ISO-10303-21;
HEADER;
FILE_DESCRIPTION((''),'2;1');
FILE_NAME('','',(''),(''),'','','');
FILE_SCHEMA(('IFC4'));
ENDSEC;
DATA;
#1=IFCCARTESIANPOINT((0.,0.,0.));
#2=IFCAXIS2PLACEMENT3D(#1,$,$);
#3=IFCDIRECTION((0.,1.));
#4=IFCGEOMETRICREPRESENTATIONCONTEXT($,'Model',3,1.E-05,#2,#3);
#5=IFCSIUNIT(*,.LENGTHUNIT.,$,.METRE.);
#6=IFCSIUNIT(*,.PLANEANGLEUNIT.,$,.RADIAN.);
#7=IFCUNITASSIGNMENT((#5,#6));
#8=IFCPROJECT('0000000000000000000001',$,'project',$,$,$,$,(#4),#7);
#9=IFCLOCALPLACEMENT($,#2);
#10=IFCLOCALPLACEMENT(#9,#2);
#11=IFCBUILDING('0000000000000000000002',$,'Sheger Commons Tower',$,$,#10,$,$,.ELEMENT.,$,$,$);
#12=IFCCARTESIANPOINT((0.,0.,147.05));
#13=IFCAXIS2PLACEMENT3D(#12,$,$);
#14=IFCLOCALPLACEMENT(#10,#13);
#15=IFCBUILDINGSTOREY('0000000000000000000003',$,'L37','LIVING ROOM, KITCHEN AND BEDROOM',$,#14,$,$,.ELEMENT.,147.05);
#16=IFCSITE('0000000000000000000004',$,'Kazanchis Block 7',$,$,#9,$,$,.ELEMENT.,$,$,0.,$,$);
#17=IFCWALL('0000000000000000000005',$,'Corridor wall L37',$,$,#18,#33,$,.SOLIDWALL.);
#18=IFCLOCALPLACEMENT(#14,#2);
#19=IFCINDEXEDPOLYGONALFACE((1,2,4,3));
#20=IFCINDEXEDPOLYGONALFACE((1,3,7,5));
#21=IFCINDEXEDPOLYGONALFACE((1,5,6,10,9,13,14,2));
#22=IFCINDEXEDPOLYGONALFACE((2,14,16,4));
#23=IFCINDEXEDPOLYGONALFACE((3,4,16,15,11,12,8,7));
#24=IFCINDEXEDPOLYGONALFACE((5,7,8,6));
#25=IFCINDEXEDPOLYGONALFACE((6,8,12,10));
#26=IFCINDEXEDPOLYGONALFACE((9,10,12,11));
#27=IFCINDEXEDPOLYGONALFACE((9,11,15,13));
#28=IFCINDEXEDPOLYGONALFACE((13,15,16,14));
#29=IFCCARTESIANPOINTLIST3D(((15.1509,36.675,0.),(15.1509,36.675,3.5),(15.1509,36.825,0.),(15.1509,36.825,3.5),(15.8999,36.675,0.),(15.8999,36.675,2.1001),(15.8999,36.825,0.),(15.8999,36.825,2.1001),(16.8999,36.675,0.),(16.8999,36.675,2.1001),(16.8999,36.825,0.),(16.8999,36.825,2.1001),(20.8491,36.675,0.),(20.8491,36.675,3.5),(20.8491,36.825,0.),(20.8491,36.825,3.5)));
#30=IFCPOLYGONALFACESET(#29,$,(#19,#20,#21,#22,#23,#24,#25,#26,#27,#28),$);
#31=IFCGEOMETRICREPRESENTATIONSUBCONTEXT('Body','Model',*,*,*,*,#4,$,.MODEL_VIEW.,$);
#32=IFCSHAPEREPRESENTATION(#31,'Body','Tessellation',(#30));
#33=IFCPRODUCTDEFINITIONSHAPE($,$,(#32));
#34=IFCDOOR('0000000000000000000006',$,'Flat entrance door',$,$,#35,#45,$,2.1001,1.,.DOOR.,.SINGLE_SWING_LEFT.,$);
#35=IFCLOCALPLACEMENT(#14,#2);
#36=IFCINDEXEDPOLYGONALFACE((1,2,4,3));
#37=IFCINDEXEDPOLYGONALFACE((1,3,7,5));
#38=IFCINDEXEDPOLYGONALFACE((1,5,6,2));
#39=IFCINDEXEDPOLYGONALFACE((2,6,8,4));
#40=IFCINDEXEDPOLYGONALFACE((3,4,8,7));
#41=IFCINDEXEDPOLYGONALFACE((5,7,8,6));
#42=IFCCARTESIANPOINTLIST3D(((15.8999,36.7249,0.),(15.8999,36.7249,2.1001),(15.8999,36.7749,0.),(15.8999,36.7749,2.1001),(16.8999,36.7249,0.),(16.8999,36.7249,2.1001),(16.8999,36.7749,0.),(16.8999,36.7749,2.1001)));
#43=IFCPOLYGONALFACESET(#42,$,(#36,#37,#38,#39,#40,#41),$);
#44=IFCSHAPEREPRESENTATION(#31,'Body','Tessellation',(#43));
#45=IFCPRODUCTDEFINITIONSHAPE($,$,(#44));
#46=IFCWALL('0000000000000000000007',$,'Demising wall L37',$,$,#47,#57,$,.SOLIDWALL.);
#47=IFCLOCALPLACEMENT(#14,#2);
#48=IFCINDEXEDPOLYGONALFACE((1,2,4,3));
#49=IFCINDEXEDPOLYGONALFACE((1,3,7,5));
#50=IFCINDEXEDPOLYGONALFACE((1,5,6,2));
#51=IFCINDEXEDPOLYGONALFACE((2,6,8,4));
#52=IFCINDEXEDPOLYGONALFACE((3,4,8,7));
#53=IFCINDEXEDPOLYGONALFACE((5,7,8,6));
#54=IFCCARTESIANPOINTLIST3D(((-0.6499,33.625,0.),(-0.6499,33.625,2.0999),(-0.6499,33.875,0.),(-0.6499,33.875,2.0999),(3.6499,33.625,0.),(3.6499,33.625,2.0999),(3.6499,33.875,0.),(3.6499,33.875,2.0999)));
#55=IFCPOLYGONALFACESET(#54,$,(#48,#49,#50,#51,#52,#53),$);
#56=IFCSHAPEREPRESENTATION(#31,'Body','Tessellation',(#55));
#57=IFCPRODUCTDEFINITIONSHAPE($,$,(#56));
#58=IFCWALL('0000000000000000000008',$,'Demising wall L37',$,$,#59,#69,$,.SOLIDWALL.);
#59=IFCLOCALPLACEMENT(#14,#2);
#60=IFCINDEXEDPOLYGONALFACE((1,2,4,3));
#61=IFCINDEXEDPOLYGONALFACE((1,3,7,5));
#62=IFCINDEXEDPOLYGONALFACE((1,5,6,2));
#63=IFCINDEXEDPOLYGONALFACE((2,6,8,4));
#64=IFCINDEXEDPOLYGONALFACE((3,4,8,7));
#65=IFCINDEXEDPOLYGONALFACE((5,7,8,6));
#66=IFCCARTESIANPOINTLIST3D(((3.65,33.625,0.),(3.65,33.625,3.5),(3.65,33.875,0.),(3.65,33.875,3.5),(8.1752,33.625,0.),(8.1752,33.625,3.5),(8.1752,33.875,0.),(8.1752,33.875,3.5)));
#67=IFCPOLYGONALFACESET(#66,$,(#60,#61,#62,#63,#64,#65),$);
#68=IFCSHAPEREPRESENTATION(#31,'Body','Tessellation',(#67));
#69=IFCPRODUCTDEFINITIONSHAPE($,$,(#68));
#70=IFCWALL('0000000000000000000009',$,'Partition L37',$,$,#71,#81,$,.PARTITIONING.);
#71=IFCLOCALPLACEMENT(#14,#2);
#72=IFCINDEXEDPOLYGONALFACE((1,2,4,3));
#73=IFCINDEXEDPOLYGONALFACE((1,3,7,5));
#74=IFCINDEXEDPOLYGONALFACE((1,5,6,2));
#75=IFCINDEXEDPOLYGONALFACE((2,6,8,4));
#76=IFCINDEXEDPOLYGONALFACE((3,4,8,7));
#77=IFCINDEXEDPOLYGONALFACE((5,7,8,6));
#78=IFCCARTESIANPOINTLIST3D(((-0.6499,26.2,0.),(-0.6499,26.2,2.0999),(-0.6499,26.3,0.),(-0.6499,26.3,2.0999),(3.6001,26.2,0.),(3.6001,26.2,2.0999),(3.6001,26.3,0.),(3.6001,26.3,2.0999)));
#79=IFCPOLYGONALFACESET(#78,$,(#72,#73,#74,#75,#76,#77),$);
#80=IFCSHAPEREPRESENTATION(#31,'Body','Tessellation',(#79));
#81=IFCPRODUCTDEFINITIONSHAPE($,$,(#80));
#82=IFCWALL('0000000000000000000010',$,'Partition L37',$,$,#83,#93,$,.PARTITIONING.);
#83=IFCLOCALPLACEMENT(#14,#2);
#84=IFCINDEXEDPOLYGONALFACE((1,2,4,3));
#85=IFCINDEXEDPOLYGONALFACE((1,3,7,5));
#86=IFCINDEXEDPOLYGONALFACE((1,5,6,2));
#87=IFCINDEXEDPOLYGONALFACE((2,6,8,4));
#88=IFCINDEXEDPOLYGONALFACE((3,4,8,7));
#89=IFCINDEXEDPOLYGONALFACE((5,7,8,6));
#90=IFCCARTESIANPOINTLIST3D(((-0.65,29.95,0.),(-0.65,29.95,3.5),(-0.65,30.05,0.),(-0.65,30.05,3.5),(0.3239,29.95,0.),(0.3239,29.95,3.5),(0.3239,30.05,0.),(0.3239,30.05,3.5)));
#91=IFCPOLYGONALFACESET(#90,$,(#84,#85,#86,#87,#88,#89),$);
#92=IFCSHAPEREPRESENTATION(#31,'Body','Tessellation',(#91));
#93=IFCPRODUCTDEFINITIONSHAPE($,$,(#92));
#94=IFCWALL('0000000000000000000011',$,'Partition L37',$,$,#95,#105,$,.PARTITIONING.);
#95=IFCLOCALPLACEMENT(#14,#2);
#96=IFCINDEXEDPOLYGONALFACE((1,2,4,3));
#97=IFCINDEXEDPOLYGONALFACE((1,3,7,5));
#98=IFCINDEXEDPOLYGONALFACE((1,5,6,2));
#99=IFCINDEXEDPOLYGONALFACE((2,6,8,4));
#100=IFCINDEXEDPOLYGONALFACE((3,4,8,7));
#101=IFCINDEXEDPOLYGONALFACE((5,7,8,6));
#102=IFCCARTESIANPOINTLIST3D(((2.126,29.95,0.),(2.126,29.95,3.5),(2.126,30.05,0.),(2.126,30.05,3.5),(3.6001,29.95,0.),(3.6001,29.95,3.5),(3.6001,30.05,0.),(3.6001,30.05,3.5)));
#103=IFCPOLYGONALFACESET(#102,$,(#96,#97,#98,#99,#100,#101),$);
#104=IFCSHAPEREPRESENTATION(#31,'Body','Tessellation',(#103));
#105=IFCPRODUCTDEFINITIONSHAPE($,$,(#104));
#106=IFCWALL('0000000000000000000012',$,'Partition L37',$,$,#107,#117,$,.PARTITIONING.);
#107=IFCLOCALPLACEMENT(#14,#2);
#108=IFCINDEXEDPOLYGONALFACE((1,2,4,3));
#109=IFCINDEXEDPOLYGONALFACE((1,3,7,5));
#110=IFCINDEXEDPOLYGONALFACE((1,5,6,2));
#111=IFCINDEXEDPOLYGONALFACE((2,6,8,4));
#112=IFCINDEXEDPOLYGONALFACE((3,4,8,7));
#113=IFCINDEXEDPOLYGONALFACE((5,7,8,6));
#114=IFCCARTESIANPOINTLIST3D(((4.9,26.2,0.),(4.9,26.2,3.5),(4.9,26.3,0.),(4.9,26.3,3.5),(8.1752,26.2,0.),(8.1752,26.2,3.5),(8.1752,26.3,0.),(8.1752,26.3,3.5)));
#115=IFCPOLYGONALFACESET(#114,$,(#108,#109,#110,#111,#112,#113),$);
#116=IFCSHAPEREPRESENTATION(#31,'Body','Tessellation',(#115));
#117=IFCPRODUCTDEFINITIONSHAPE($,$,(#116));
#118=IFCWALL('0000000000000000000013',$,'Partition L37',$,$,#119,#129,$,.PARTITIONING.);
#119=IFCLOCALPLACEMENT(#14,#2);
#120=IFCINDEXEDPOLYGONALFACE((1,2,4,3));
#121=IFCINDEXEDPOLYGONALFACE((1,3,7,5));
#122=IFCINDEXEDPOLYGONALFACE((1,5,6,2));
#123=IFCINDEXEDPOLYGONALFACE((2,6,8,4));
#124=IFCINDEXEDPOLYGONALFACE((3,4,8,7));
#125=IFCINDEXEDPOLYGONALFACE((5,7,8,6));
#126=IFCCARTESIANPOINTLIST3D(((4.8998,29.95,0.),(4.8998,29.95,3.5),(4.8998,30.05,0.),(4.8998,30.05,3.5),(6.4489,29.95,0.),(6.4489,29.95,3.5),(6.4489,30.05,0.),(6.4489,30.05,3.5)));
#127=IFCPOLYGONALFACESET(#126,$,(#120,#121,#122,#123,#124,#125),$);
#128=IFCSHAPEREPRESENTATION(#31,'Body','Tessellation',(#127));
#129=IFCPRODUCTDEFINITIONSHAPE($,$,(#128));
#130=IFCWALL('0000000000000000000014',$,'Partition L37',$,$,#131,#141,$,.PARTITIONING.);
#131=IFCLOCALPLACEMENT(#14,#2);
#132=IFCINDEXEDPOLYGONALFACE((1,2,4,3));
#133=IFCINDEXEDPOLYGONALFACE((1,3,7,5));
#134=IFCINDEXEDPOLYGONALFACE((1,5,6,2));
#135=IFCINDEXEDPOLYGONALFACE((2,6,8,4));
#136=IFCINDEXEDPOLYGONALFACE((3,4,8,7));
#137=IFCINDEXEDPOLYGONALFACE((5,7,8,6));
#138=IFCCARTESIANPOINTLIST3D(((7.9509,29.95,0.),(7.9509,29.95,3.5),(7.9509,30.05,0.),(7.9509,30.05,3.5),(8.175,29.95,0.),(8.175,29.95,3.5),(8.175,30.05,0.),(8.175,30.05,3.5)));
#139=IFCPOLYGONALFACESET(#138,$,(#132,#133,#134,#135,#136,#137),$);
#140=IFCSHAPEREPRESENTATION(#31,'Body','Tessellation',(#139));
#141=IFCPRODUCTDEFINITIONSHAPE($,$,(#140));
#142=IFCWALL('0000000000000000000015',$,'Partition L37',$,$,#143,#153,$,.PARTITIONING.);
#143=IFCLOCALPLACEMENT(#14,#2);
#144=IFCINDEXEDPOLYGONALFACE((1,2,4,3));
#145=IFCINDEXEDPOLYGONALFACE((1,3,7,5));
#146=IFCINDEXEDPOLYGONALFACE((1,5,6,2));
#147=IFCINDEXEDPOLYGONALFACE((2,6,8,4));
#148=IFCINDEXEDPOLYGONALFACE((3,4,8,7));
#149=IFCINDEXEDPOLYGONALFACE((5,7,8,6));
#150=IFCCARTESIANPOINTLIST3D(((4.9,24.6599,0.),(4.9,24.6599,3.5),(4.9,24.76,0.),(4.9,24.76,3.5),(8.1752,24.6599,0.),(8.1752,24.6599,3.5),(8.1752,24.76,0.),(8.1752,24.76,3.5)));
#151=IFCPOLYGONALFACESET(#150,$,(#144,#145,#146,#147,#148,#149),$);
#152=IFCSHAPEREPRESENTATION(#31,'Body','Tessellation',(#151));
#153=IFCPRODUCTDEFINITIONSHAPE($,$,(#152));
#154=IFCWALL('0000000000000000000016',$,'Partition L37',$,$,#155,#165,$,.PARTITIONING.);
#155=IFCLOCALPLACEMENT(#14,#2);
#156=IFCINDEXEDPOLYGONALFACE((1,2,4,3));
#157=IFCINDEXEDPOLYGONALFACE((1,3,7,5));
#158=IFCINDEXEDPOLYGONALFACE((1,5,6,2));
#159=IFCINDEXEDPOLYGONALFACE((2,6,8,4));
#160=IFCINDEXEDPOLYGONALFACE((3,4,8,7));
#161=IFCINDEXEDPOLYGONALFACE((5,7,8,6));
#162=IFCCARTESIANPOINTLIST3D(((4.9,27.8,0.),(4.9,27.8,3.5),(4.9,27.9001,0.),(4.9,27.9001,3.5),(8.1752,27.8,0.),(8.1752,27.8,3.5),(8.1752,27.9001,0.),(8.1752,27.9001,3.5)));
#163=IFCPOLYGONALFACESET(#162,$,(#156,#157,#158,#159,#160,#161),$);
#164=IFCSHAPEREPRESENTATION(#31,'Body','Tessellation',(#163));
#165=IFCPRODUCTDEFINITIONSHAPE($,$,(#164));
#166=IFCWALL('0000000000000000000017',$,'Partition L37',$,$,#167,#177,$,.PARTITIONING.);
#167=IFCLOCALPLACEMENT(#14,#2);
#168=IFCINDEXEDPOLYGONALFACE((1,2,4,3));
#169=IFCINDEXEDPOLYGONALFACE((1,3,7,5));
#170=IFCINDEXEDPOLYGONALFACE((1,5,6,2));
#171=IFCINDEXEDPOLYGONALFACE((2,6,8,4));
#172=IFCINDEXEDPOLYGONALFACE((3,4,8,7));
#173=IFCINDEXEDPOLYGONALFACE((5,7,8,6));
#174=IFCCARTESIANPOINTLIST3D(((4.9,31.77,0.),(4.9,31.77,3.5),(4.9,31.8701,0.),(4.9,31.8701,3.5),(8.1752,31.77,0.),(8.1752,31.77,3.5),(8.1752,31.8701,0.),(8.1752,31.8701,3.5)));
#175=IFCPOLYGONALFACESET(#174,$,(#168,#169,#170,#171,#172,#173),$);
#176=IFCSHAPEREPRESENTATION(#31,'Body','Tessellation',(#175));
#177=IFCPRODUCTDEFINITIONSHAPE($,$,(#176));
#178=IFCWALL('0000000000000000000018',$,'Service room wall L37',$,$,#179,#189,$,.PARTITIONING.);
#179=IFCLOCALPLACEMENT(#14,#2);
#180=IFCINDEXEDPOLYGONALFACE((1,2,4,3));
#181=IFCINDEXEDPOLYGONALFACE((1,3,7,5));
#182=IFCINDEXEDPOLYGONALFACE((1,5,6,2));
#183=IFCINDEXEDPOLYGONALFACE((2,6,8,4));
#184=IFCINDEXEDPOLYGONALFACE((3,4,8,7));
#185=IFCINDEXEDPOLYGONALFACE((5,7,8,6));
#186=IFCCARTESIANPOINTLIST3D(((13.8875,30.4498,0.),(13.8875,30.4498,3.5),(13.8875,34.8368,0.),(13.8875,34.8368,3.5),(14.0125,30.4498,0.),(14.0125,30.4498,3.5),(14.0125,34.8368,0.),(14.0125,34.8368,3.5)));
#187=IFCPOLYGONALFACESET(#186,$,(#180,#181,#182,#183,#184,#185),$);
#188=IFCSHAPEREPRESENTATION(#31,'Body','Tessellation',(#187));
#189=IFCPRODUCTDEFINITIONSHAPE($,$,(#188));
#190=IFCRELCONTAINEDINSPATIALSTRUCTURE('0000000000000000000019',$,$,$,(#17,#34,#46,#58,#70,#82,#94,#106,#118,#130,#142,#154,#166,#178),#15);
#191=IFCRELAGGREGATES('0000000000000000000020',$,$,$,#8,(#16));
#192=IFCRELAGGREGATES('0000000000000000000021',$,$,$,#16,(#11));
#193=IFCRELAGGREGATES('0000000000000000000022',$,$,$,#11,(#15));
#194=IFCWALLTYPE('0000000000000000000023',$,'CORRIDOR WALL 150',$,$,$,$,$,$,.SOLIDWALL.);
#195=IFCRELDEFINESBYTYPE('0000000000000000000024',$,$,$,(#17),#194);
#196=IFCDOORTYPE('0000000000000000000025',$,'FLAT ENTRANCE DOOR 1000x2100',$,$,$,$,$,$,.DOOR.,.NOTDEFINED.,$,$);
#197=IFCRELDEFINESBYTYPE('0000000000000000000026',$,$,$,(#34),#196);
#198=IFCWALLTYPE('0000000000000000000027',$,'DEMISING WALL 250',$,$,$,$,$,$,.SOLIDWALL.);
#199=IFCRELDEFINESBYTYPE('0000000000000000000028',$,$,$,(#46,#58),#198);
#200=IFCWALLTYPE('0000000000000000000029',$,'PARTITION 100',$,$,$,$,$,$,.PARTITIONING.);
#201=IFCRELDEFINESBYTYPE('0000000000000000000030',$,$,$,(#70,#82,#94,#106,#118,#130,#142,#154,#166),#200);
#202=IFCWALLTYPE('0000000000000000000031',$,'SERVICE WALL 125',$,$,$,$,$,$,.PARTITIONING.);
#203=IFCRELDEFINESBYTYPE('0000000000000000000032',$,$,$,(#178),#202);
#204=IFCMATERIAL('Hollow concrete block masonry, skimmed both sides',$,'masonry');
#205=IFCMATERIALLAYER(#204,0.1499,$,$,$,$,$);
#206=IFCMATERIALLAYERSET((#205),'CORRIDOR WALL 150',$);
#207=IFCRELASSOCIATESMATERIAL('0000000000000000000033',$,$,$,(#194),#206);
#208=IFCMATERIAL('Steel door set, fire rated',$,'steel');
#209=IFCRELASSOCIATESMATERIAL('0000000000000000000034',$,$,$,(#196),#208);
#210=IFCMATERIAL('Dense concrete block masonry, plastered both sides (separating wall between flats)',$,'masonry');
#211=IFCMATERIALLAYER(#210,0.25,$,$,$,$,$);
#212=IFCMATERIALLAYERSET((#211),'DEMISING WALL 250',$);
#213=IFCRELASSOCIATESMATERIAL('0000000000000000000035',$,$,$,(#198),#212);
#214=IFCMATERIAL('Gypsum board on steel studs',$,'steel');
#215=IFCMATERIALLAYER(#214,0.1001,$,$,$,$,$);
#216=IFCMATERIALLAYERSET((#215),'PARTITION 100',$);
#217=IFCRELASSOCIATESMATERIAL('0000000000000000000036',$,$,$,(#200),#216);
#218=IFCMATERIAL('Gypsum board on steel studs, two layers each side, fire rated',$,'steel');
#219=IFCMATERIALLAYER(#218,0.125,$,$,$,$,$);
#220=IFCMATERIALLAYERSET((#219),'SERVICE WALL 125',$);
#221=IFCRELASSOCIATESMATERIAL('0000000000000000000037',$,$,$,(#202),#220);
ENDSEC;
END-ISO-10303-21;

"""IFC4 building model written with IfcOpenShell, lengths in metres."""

from ifc_helpers import new_model, si_unit, direction, frame, frame_2d, origin, place, context, subcontext, project, spatial, rectangle, extrude, material, layer, layer_set, type_object, element, fill, save


model = new_model("IFC4")

# Units and contexts
model_context = context("Model", 3, precision=1e-05, world=origin(), true_north=direction((0.0, 1.0)))
body_context = subcontext(model_context, "Body", "Model", "MODEL_VIEW")
ifc_project = project(units=[si_unit("LENGTHUNIT", "METRE"), si_unit("PLANEANGLEUNIT", "RADIAN")], contexts=[model_context])

# Site, building, storey
site_placement = place(None, origin())
site = spatial("IfcSite", under=ifc_project, at=site_placement, Name="Kazanchis Block 7", CompositionType="ELEMENT", RefElevation=0.0)
building_placement = place(site_placement, origin())
building = spatial("IfcBuilding", under=site, at=building_placement, Name="Sheger Commons Tower", CompositionType="ELEMENT")
storey_placement = place(building_placement, frame((0.0, 0.0, 147.05)))
storey = spatial("IfcBuildingStorey", under=building, at=storey_placement, Name="L37", Description="LIVING ROOM, KITCHEN AND BEDROOM", CompositionType="ELEMENT", Elevation=147.05)

# Wall, opening, door
ifc_material_1 = material(Name="Hollow concrete block masonry, skimmed both sides", Category="masonry")
ifc_layer_1 = layer(ifc_material_1, 0.1499)
ifc_layer_set_1 = layer_set([ifc_layer_1], Name="CORRIDOR WALL 150")
wall_type_1 = type_object("IfcWallType", Name="CORRIDOR WALL 150", PredefinedType="SOLIDWALL", material=ifc_layer_set_1)
ifc_material_2 = material(Name="Steel door set, fire rated", Category="steel")
door_type_1 = type_object("IfcDoorType", Name="FLAT ENTRANCE DOOR 1000x2100", OperationType="NOTDEFINED", PredefinedType="DOOR", material=ifc_material_2)
wall_1_placement = place(storey_placement, frame((15.1509, 36.75, 0.0), z_axis=(0.0, 0.0, 1.0), x_axis=(1.0, 0.0, 0.0)))
wall_1 = element("IfcWall", 1, at=wall_1_placement, inside=storey, type_object=wall_type_1, Name="Corridor wall L37", PredefinedType="SOLIDWALL", context=body_context, shape_type="SweptSolid", body=[
    extrude(rectangle(XDim=5.6982, YDim=0.1499, at=frame_2d((2.8491, 0.0))), origin(), (0.0, 0.0, 1.0), 3.5),
])
opening_1_placement = place(wall_1_placement, frame((0.749, 0.0, 0.0)))
opening_1 = element("IfcOpeningElement", 2, at=opening_1_placement, cuts=wall_1, PredefinedType="OPENING", context=body_context, shape_type="SweptSolid", body=[
    extrude(rectangle(XDim=1.0, YDim=2.1001, at=frame_2d((0.5, 1.05))), frame((0.0, 0.085, 0.0), z_axis=(0.0, -1.0, 0.0), x_axis=(1.0, 0.0, 0.0)), (0.0, 0.0, 1.0), 0.1699),
])
door_1_placement = place(opening_1_placement, origin())
door_1 = element("IfcDoor", 3, at=door_1_placement, inside=storey, type_object=door_type_1, Name="Flat entrance door", OperationType="SINGLE_SWING_LEFT", OverallHeight=2.1001, OverallWidth=1.0, PredefinedType="DOOR", context=body_context, shape_type="SweptSolid", body=[
    extrude(rectangle(XDim=1.0, YDim=2.1001, at=frame_2d((0.5, 1.05))), frame((0.0, 0.0249, 0.0), z_axis=(0.0, -1.0, 0.0), x_axis=(1.0, 0.0, 0.0)), (0.0, 0.0, 1.0), 0.05),
])
fill(opening_1, door_1)

# Walls
ifc_material_3 = material(Name="Dense concrete block masonry, plastered both sides (separating wall between flats)", Category="masonry")
ifc_layer_2 = layer(ifc_material_3, 0.25)
ifc_layer_set_2 = layer_set([ifc_layer_2], Name="DEMISING WALL 250")
wall_type_2 = type_object("IfcWallType", Name="DEMISING WALL 250", PredefinedType="SOLIDWALL", material=ifc_layer_set_2)
wall_2_placement = place(storey_placement, frame((-0.6499, 33.75, 0.0), z_axis=(0.0, 0.0, 1.0), x_axis=(1.0, 0.0, 0.0)))
element("IfcWall", 4, at=wall_2_placement, inside=storey, type_object=wall_type_2, Name="Demising wall L37", PredefinedType="SOLIDWALL", context=body_context, shape_type="SweptSolid", body=[
    extrude(rectangle(XDim=4.2998, YDim=0.25, at=frame_2d((2.1499, 0.0))), origin(), (0.0, 0.0, 1.0), 2.0999),
])
wall_3_placement = place(storey_placement, frame((3.6499, 33.75, 0.0), z_axis=(0.0, 0.0, 1.0), x_axis=(1.0, 0.0, 0.0)))
element("IfcWall", 5, at=wall_3_placement, inside=storey, type_object=wall_type_2, Name="Demising wall L37", PredefinedType="SOLIDWALL", context=body_context, shape_type="SweptSolid", body=[
    extrude(rectangle(XDim=4.5251, YDim=0.25, at=frame_2d((2.2627, 0.0))), origin(), (0.0, 0.0, 1.0), 3.5),
])
ifc_material_4 = material(Name="Gypsum board on steel studs", Category="steel")
ifc_layer_3 = layer(ifc_material_4, 0.1001)
ifc_layer_set_3 = layer_set([ifc_layer_3], Name="PARTITION 100")
wall_type_3 = type_object("IfcWallType", Name="PARTITION 100", PredefinedType="PARTITIONING", material=ifc_layer_set_3)
wall_4_placement = place(storey_placement, frame((-0.6499, 26.25, 0.0), z_axis=(0.0, 0.0, 1.0), x_axis=(1.0, 0.0, 0.0)))
element("IfcWall", 6, at=wall_4_placement, inside=storey, type_object=wall_type_3, Name="Partition L37", PredefinedType="PARTITIONING", context=body_context, shape_type="SweptSolid", body=[
    extrude(rectangle(XDim=4.25, YDim=0.1001, at=frame_2d((2.125, 0.0))), origin(), (0.0, 0.0, 1.0), 2.0999),
])
wall_5_placement = place(storey_placement, frame((-0.6499, 30.0, 0.0), z_axis=(0.0, 0.0, 1.0), x_axis=(1.0, 0.0, 0.0)))
element("IfcWall", 7, at=wall_5_placement, inside=storey, type_object=wall_type_3, Name="Partition L37", PredefinedType="PARTITIONING", context=body_context, shape_type="SweptSolid", body=[
    extrude(rectangle(XDim=0.9739, YDim=0.1001, at=frame_2d((0.4868, 0.0))), origin(), (0.0, 0.0, 1.0), 3.5),
])
wall_6_placement = place(storey_placement, frame((2.126, 30.0, 0.0), z_axis=(0.0, 0.0, 1.0), x_axis=(1.0, 0.0, 0.0)))
element("IfcWall", 8, at=wall_6_placement, inside=storey, type_object=wall_type_3, Name="Partition L37", PredefinedType="PARTITIONING", context=body_context, shape_type="SweptSolid", body=[
    extrude(rectangle(XDim=1.4741, YDim=0.1001, at=frame_2d((0.7371, 0.0))), origin(), (0.0, 0.0, 1.0), 3.5),
])
wall_7_placement = place(storey_placement, frame((4.8999, 26.25, 0.0), z_axis=(0.0, 0.0, 1.0), x_axis=(1.0, 0.0, 0.0)))
element("IfcWall", 9, at=wall_7_placement, inside=storey, type_object=wall_type_3, Name="Partition L37", PredefinedType="PARTITIONING", context=body_context, shape_type="SweptSolid", body=[
    extrude(rectangle(XDim=3.2751, YDim=0.1001, at=frame_2d((1.6377, 0.0))), origin(), (0.0, 0.0, 1.0), 3.5),
])
wall_8_placement = place(storey_placement, frame((4.8999, 30.0, 0.0), z_axis=(0.0, 0.0, 1.0), x_axis=(1.0, 0.0, 0.0)))
element("IfcWall", 10, at=wall_8_placement, inside=storey, type_object=wall_type_3, Name="Partition L37", PredefinedType="PARTITIONING", context=body_context, shape_type="SweptSolid", body=[
    extrude(rectangle(XDim=1.5491, YDim=0.1001, at=frame_2d((0.7744, 0.0))), origin(), (0.0, 0.0, 1.0), 3.5),
])
wall_9_placement = place(storey_placement, frame((7.9509, 30.0, 0.0), z_axis=(0.0, 0.0, 1.0), x_axis=(1.0, 0.0, 0.0)))
element("IfcWall", 11, at=wall_9_placement, inside=storey, type_object=wall_type_3, Name="Partition L37", PredefinedType="PARTITIONING", context=body_context, shape_type="SweptSolid", body=[
    extrude(rectangle(XDim=0.2241, YDim=0.1001, at=frame_2d((0.1121, 0.0))), origin(), (0.0, 0.0, 1.0), 3.5),
])
for number, where, z_axis, x_axis, name in (
    (12, (4.8999, 24.71, 0.0), (0.0, 0.0, 1.0), (1.0, 0.0, 0.0), "Partition L37"),
    (13, (4.8999, 27.8501, 0.0), (0.0, 0.0, 1.0), (1.0, 0.0, 0.0), "Partition L37"),
    (14, (4.8999, 31.8201, 0.0), (0.0, 0.0, 1.0), (1.0, 0.0, 0.0), "Partition L37"),
):
    element("IfcWall", number, at=place(storey_placement, frame(where, z_axis=z_axis, x_axis=x_axis)), inside=storey, type_object=wall_type_3, Name=name, PredefinedType="PARTITIONING", context=body_context, shape_type="SweptSolid", body=[
        extrude(rectangle(XDim=3.2751, YDim=0.1001, at=frame_2d((1.6377, 0.0))), origin(), (0.0, 0.0, 1.0), 3.5),
    ])
ifc_material_5 = material(Name="Gypsum board on steel studs, two layers each side, fire rated", Category="steel")
ifc_layer_4 = layer(ifc_material_5, 0.125)
ifc_layer_set_4 = layer_set([ifc_layer_4], Name="SERVICE WALL 125")
wall_type_4 = type_object("IfcWallType", Name="SERVICE WALL 125", PredefinedType="PARTITIONING", material=ifc_layer_set_4)
wall_10_placement = place(storey_placement, frame((13.95, 30.45, 0.0), z_axis=(0.0, 0.0, 1.0), x_axis=(0.0, 1.0, 0.0)))
element("IfcWall", 15, at=wall_10_placement, inside=storey, type_object=wall_type_4, Name="Service room wall L37", PredefinedType="PARTITIONING", context=body_context, shape_type="SweptSolid", body=[
    extrude(rectangle(XDim=4.387, YDim=0.125, at=frame_2d((2.1934, 0.0))), origin(), (0.0, 0.0, 1.0), 3.5),
])

save(model, "model.ifc")
